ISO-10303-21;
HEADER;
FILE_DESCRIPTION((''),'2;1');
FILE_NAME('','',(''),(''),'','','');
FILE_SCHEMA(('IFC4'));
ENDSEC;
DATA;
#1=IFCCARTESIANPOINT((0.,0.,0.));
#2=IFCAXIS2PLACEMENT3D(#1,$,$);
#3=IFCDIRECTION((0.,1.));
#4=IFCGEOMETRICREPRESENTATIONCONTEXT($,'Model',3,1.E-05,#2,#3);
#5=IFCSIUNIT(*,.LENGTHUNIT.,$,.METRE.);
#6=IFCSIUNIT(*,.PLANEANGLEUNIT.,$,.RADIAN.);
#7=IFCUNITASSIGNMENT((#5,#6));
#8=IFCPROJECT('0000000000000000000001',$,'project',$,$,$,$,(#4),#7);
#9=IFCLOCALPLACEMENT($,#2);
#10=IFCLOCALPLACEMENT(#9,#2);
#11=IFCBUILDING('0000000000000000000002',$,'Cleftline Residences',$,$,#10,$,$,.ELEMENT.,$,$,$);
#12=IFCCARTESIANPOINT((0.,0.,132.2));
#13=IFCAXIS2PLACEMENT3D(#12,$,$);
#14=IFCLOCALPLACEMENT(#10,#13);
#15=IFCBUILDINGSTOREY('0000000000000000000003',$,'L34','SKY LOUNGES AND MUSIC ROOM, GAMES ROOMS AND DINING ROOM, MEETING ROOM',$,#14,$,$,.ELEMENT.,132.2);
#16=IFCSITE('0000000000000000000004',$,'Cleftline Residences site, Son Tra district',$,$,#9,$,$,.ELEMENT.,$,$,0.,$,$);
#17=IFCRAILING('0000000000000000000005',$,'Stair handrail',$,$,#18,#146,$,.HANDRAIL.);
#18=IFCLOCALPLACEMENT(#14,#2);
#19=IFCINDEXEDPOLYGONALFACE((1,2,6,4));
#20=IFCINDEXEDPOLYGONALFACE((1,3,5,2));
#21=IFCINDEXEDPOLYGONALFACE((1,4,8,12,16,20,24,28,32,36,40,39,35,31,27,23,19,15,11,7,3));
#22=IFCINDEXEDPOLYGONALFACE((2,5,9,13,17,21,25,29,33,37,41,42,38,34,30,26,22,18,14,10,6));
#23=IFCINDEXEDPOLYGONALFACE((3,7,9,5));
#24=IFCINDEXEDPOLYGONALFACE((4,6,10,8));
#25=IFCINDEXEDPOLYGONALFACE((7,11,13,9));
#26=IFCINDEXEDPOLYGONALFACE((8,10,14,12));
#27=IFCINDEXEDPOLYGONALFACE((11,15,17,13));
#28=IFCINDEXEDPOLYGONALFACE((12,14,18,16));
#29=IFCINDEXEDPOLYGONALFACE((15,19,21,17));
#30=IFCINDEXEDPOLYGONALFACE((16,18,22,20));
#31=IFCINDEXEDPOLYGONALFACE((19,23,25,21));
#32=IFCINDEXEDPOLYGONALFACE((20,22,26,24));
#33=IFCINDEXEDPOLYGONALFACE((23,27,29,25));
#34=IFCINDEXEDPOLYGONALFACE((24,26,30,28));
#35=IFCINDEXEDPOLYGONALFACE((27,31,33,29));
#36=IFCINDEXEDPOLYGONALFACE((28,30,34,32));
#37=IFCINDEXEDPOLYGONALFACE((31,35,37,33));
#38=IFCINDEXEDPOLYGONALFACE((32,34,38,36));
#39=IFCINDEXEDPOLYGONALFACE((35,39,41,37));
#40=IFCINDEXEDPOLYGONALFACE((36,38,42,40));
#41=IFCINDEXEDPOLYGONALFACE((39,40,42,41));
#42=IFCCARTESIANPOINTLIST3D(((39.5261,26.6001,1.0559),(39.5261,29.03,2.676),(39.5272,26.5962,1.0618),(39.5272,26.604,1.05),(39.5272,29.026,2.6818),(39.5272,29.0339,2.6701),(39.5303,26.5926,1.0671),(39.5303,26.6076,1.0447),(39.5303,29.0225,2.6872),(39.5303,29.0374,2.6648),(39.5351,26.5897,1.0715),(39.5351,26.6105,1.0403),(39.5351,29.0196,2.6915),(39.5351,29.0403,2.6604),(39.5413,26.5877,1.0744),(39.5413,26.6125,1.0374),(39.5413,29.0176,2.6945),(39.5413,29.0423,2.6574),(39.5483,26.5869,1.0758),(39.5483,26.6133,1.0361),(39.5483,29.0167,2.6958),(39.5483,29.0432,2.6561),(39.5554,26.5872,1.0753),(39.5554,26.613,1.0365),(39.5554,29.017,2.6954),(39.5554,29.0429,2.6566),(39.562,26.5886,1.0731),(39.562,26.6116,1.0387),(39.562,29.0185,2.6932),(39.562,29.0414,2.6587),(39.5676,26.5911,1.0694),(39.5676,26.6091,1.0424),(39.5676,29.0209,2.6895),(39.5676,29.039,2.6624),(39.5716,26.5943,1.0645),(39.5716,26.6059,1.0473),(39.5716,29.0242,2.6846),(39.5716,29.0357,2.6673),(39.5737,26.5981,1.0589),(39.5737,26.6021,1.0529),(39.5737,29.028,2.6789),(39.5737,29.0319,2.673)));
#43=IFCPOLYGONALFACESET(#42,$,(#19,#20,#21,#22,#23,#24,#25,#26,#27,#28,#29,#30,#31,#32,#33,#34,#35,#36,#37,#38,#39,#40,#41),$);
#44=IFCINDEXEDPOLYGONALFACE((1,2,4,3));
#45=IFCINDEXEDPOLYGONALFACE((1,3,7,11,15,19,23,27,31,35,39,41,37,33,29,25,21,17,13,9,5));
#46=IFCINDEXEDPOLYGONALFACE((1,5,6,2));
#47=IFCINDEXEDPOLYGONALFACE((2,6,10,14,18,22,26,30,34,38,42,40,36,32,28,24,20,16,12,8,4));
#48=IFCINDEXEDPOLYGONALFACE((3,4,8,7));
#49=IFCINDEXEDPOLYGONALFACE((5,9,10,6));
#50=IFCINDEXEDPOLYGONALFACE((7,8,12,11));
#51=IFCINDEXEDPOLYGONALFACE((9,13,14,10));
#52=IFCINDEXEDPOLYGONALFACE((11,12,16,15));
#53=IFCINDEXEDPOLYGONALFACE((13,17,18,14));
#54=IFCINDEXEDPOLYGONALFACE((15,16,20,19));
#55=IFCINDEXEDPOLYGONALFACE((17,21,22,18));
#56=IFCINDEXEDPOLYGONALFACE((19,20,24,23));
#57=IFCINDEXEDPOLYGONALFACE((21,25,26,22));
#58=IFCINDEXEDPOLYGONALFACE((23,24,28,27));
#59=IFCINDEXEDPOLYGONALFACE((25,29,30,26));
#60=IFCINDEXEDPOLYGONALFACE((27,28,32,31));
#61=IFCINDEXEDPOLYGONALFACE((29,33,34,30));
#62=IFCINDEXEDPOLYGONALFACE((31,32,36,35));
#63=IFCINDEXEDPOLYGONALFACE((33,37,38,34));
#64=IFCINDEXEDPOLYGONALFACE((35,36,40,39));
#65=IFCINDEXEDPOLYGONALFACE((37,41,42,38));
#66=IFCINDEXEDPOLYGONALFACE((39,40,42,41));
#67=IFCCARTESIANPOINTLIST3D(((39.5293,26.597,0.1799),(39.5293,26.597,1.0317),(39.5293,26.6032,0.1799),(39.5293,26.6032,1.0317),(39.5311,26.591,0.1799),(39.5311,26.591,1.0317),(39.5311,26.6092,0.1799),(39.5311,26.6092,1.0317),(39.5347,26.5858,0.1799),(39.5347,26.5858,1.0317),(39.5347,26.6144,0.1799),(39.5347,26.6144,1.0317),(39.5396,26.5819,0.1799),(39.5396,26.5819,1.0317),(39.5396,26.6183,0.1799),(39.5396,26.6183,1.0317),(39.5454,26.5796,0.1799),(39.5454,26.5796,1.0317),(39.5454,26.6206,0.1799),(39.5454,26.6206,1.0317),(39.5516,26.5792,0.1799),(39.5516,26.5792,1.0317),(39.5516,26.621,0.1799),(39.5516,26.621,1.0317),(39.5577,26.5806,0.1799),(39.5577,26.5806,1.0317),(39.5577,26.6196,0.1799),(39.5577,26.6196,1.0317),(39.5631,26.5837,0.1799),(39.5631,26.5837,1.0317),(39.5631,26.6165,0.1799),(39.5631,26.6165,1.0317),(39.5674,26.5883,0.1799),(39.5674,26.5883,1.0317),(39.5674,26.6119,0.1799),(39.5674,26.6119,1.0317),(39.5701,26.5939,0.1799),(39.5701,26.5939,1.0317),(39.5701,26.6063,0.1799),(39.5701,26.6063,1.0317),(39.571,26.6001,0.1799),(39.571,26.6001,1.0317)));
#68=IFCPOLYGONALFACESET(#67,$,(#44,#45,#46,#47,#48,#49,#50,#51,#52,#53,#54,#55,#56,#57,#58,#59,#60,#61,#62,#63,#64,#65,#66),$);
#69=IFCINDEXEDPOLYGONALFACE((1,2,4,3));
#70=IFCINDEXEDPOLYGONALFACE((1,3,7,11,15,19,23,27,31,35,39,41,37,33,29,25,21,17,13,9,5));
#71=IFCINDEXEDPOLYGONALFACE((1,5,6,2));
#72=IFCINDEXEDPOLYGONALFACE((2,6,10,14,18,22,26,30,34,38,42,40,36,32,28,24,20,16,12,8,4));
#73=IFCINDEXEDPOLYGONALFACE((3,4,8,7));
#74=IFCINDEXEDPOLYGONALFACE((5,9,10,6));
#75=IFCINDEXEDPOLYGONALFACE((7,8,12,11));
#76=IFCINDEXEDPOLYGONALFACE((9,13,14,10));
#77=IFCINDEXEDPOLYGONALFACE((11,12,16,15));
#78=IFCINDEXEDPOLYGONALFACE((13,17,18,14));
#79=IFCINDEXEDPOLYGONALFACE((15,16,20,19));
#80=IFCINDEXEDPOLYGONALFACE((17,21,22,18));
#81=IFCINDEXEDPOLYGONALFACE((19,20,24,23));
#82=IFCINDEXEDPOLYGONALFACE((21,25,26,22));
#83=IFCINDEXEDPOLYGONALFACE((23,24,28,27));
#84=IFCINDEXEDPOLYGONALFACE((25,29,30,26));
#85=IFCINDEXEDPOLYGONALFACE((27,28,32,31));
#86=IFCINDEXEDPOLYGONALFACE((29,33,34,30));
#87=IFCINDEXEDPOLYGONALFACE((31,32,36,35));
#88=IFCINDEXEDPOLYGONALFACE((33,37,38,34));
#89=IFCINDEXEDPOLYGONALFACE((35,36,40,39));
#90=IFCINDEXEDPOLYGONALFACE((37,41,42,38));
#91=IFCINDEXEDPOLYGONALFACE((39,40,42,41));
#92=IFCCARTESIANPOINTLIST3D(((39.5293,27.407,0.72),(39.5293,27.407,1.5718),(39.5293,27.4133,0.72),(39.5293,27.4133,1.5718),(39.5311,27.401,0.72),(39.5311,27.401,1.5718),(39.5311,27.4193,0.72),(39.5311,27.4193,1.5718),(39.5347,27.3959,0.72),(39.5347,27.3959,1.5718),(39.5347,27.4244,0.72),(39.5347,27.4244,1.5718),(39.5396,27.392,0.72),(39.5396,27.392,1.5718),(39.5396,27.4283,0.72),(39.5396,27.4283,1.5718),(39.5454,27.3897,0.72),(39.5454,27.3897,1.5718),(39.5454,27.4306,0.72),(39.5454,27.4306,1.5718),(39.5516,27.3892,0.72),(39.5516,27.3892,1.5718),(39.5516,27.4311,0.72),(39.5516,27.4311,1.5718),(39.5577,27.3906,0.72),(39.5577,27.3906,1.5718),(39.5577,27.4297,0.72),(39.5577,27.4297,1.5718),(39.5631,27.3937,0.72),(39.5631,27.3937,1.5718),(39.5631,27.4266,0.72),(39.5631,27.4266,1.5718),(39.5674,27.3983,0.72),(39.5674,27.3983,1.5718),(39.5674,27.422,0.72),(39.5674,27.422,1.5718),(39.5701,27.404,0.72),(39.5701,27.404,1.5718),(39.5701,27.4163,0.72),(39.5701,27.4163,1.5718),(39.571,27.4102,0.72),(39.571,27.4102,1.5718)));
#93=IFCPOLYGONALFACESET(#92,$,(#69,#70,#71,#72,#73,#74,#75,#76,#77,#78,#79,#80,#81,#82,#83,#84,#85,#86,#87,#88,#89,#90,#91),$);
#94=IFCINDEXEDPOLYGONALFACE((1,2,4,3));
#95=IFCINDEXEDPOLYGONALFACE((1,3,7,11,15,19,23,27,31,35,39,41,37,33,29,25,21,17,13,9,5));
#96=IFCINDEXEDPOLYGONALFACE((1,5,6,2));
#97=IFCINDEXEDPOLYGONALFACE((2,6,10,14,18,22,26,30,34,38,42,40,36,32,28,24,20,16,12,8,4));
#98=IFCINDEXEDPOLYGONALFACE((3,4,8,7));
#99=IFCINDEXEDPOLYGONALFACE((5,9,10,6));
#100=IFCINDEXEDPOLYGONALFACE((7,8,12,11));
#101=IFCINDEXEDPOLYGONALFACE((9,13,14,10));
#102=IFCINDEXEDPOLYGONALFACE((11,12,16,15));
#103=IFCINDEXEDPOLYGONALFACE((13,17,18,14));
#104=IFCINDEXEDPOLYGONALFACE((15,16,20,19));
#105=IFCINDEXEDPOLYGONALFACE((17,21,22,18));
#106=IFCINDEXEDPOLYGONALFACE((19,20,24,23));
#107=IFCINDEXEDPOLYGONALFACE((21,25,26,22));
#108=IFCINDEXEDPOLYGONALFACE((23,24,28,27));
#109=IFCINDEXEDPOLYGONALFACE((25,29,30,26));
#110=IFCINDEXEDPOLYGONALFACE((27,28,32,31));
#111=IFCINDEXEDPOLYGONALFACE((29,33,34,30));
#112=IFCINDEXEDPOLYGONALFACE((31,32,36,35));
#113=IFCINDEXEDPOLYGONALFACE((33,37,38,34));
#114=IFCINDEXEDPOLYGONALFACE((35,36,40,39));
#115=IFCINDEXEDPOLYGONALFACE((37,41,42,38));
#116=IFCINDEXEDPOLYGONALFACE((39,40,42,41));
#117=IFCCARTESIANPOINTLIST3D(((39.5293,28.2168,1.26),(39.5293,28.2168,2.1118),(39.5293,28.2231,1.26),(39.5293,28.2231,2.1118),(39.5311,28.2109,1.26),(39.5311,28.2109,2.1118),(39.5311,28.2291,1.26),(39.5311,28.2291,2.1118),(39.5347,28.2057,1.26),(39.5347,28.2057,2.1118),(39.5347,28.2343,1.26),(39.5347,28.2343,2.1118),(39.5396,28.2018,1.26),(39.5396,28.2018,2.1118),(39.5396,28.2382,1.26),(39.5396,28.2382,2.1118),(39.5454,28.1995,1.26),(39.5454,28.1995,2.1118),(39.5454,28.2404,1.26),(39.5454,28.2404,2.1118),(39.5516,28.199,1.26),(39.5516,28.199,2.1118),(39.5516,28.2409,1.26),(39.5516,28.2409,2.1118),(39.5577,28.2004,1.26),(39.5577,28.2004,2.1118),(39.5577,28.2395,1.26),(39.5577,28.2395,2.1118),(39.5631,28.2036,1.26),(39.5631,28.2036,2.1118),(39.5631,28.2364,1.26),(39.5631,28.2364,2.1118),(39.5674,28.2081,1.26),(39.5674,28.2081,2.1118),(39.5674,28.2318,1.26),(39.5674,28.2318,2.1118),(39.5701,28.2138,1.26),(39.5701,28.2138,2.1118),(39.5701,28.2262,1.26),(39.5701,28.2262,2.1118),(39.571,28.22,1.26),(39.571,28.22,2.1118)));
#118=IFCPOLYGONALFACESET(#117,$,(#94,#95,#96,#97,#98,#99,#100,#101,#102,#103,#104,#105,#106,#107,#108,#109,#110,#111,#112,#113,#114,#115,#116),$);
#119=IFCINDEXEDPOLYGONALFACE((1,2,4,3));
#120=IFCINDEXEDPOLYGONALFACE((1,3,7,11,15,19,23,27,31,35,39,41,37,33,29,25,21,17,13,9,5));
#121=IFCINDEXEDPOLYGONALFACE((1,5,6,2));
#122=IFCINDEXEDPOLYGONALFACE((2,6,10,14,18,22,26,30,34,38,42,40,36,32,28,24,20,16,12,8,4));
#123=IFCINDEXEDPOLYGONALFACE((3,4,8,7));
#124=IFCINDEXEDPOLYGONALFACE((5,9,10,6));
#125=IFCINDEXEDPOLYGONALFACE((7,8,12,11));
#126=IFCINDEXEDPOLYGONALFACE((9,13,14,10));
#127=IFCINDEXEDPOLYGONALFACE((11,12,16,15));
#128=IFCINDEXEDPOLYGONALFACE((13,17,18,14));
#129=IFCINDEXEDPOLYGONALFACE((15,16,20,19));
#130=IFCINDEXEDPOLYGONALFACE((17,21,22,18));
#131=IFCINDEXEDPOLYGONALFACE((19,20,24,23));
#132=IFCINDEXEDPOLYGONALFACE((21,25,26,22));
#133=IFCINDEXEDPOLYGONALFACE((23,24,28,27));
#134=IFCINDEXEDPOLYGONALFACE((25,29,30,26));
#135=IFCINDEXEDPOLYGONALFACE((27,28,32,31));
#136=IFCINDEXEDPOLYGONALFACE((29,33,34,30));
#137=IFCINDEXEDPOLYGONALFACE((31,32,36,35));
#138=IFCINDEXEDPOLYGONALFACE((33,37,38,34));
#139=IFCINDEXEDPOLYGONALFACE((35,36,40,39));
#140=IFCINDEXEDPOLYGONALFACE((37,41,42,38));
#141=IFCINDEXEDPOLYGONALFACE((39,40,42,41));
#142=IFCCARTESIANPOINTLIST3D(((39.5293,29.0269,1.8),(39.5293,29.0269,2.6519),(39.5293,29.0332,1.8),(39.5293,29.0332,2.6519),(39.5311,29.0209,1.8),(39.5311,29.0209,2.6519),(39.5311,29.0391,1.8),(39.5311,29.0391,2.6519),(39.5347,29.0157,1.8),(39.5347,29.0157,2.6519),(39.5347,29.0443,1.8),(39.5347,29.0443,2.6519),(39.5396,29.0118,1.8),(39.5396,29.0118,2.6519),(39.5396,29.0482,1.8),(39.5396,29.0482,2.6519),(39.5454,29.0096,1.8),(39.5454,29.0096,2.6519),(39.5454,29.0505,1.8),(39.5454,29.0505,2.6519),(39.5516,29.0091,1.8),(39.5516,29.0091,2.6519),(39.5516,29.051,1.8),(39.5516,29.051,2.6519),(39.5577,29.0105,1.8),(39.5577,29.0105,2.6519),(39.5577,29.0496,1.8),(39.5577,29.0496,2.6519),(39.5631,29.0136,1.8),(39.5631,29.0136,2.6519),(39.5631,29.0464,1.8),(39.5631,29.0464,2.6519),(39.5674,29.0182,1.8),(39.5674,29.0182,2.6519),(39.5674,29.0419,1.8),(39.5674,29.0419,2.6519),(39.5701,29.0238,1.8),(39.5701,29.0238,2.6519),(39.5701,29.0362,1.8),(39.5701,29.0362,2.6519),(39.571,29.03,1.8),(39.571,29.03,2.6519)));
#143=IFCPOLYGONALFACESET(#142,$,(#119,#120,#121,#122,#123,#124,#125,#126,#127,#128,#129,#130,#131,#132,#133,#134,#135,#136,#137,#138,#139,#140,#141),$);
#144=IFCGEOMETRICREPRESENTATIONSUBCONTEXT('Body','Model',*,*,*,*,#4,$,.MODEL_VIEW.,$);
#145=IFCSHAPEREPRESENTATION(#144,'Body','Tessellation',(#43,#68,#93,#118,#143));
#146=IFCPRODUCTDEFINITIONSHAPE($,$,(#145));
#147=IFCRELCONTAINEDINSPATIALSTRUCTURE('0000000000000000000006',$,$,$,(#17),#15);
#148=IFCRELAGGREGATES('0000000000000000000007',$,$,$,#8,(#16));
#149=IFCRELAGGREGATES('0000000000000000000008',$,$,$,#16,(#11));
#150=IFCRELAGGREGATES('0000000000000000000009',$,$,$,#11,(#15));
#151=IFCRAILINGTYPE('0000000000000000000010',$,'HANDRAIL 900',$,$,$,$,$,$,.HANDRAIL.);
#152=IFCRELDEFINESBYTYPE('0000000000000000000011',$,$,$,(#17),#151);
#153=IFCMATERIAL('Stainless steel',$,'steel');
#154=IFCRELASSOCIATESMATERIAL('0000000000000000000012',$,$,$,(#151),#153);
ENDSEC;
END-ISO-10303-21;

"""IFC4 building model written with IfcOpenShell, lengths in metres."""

from ifc_helpers import new_model, si_unit, direction, frame, origin, origin_2d, place, context, subcontext, project, spatial, circle, extrude, material, type_object, element, save


model = new_model("IFC4")

# Units and contexts
model_context = context("Model", 3, precision=1e-05, world=origin(), true_north=direction((0.0, 1.0)))
body_context = subcontext(model_context, "Body", "Model", "MODEL_VIEW")
ifc_project = project(units=[si_unit("LENGTHUNIT", "METRE"), si_unit("PLANEANGLEUNIT", "RADIAN")], contexts=[model_context])

# Site, building, storey
site_placement = place(None, origin())
site = spatial("IfcSite", under=ifc_project, at=site_placement, Name="Cleftline Residences site, Son Tra district", CompositionType="ELEMENT", RefElevation=0.0)
building_placement = place(site_placement, origin())
building = spatial("IfcBuilding", under=site, at=building_placement, Name="Cleftline Residences", CompositionType="ELEMENT")
storey_placement = place(building_placement, frame((0.0, 0.0, 132.2)))
storey = spatial("IfcBuildingStorey", under=building, at=storey_placement, Name="L34", Description="SKY LOUNGES AND MUSIC ROOM, GAMES ROOMS AND DINING ROOM, MEETING ROOM", CompositionType="ELEMENT", Elevation=132.2)

# Railing
ifc_material_1 = material(Name="Stainless steel", Category="steel")
railing_type = type_object("IfcRailingType", Name="HANDRAIL 900", PredefinedType="HANDRAIL", material=ifc_material_1)
railing_1_placement = place(storey_placement, frame((39.55, 26.6001, 0.1799)))
element("IfcRailing", 1, at=railing_1_placement, inside=storey, type_object=railing_type, Name="Stair handrail", PredefinedType="HANDRAIL", context=body_context, shape_type="SweptSolid", body=[
    extrude(circle(Radius=0.0239, at=origin_2d()), frame((0.0, 0.0, 0.876), z_axis=(0.0, 0.832025, 0.554739), x_axis=(-1.0, 0.0, 0.0)), (0.0, 0.0, 1.0), 2.9204),
    extrude(circle(Radius=0.021, at=origin_2d()), origin(), (0.0, 0.0, 1.0), 0.8518),
    extrude(circle(Radius=0.021, at=origin_2d()), frame((0.0, 0.8101, 0.54)), (0.0, 0.0, 1.0), 0.8518),
    extrude(circle(Radius=0.021, at=origin_2d()), frame((0.0, 1.6199, 1.0801)), (0.0, 0.0, 1.0), 0.8518),
    extrude(circle(Radius=0.021, at=origin_2d()), frame((0.0, 2.4299, 1.6201)), (0.0, 0.0, 1.0), 0.8518),
])

save(model, "model.ifc")
